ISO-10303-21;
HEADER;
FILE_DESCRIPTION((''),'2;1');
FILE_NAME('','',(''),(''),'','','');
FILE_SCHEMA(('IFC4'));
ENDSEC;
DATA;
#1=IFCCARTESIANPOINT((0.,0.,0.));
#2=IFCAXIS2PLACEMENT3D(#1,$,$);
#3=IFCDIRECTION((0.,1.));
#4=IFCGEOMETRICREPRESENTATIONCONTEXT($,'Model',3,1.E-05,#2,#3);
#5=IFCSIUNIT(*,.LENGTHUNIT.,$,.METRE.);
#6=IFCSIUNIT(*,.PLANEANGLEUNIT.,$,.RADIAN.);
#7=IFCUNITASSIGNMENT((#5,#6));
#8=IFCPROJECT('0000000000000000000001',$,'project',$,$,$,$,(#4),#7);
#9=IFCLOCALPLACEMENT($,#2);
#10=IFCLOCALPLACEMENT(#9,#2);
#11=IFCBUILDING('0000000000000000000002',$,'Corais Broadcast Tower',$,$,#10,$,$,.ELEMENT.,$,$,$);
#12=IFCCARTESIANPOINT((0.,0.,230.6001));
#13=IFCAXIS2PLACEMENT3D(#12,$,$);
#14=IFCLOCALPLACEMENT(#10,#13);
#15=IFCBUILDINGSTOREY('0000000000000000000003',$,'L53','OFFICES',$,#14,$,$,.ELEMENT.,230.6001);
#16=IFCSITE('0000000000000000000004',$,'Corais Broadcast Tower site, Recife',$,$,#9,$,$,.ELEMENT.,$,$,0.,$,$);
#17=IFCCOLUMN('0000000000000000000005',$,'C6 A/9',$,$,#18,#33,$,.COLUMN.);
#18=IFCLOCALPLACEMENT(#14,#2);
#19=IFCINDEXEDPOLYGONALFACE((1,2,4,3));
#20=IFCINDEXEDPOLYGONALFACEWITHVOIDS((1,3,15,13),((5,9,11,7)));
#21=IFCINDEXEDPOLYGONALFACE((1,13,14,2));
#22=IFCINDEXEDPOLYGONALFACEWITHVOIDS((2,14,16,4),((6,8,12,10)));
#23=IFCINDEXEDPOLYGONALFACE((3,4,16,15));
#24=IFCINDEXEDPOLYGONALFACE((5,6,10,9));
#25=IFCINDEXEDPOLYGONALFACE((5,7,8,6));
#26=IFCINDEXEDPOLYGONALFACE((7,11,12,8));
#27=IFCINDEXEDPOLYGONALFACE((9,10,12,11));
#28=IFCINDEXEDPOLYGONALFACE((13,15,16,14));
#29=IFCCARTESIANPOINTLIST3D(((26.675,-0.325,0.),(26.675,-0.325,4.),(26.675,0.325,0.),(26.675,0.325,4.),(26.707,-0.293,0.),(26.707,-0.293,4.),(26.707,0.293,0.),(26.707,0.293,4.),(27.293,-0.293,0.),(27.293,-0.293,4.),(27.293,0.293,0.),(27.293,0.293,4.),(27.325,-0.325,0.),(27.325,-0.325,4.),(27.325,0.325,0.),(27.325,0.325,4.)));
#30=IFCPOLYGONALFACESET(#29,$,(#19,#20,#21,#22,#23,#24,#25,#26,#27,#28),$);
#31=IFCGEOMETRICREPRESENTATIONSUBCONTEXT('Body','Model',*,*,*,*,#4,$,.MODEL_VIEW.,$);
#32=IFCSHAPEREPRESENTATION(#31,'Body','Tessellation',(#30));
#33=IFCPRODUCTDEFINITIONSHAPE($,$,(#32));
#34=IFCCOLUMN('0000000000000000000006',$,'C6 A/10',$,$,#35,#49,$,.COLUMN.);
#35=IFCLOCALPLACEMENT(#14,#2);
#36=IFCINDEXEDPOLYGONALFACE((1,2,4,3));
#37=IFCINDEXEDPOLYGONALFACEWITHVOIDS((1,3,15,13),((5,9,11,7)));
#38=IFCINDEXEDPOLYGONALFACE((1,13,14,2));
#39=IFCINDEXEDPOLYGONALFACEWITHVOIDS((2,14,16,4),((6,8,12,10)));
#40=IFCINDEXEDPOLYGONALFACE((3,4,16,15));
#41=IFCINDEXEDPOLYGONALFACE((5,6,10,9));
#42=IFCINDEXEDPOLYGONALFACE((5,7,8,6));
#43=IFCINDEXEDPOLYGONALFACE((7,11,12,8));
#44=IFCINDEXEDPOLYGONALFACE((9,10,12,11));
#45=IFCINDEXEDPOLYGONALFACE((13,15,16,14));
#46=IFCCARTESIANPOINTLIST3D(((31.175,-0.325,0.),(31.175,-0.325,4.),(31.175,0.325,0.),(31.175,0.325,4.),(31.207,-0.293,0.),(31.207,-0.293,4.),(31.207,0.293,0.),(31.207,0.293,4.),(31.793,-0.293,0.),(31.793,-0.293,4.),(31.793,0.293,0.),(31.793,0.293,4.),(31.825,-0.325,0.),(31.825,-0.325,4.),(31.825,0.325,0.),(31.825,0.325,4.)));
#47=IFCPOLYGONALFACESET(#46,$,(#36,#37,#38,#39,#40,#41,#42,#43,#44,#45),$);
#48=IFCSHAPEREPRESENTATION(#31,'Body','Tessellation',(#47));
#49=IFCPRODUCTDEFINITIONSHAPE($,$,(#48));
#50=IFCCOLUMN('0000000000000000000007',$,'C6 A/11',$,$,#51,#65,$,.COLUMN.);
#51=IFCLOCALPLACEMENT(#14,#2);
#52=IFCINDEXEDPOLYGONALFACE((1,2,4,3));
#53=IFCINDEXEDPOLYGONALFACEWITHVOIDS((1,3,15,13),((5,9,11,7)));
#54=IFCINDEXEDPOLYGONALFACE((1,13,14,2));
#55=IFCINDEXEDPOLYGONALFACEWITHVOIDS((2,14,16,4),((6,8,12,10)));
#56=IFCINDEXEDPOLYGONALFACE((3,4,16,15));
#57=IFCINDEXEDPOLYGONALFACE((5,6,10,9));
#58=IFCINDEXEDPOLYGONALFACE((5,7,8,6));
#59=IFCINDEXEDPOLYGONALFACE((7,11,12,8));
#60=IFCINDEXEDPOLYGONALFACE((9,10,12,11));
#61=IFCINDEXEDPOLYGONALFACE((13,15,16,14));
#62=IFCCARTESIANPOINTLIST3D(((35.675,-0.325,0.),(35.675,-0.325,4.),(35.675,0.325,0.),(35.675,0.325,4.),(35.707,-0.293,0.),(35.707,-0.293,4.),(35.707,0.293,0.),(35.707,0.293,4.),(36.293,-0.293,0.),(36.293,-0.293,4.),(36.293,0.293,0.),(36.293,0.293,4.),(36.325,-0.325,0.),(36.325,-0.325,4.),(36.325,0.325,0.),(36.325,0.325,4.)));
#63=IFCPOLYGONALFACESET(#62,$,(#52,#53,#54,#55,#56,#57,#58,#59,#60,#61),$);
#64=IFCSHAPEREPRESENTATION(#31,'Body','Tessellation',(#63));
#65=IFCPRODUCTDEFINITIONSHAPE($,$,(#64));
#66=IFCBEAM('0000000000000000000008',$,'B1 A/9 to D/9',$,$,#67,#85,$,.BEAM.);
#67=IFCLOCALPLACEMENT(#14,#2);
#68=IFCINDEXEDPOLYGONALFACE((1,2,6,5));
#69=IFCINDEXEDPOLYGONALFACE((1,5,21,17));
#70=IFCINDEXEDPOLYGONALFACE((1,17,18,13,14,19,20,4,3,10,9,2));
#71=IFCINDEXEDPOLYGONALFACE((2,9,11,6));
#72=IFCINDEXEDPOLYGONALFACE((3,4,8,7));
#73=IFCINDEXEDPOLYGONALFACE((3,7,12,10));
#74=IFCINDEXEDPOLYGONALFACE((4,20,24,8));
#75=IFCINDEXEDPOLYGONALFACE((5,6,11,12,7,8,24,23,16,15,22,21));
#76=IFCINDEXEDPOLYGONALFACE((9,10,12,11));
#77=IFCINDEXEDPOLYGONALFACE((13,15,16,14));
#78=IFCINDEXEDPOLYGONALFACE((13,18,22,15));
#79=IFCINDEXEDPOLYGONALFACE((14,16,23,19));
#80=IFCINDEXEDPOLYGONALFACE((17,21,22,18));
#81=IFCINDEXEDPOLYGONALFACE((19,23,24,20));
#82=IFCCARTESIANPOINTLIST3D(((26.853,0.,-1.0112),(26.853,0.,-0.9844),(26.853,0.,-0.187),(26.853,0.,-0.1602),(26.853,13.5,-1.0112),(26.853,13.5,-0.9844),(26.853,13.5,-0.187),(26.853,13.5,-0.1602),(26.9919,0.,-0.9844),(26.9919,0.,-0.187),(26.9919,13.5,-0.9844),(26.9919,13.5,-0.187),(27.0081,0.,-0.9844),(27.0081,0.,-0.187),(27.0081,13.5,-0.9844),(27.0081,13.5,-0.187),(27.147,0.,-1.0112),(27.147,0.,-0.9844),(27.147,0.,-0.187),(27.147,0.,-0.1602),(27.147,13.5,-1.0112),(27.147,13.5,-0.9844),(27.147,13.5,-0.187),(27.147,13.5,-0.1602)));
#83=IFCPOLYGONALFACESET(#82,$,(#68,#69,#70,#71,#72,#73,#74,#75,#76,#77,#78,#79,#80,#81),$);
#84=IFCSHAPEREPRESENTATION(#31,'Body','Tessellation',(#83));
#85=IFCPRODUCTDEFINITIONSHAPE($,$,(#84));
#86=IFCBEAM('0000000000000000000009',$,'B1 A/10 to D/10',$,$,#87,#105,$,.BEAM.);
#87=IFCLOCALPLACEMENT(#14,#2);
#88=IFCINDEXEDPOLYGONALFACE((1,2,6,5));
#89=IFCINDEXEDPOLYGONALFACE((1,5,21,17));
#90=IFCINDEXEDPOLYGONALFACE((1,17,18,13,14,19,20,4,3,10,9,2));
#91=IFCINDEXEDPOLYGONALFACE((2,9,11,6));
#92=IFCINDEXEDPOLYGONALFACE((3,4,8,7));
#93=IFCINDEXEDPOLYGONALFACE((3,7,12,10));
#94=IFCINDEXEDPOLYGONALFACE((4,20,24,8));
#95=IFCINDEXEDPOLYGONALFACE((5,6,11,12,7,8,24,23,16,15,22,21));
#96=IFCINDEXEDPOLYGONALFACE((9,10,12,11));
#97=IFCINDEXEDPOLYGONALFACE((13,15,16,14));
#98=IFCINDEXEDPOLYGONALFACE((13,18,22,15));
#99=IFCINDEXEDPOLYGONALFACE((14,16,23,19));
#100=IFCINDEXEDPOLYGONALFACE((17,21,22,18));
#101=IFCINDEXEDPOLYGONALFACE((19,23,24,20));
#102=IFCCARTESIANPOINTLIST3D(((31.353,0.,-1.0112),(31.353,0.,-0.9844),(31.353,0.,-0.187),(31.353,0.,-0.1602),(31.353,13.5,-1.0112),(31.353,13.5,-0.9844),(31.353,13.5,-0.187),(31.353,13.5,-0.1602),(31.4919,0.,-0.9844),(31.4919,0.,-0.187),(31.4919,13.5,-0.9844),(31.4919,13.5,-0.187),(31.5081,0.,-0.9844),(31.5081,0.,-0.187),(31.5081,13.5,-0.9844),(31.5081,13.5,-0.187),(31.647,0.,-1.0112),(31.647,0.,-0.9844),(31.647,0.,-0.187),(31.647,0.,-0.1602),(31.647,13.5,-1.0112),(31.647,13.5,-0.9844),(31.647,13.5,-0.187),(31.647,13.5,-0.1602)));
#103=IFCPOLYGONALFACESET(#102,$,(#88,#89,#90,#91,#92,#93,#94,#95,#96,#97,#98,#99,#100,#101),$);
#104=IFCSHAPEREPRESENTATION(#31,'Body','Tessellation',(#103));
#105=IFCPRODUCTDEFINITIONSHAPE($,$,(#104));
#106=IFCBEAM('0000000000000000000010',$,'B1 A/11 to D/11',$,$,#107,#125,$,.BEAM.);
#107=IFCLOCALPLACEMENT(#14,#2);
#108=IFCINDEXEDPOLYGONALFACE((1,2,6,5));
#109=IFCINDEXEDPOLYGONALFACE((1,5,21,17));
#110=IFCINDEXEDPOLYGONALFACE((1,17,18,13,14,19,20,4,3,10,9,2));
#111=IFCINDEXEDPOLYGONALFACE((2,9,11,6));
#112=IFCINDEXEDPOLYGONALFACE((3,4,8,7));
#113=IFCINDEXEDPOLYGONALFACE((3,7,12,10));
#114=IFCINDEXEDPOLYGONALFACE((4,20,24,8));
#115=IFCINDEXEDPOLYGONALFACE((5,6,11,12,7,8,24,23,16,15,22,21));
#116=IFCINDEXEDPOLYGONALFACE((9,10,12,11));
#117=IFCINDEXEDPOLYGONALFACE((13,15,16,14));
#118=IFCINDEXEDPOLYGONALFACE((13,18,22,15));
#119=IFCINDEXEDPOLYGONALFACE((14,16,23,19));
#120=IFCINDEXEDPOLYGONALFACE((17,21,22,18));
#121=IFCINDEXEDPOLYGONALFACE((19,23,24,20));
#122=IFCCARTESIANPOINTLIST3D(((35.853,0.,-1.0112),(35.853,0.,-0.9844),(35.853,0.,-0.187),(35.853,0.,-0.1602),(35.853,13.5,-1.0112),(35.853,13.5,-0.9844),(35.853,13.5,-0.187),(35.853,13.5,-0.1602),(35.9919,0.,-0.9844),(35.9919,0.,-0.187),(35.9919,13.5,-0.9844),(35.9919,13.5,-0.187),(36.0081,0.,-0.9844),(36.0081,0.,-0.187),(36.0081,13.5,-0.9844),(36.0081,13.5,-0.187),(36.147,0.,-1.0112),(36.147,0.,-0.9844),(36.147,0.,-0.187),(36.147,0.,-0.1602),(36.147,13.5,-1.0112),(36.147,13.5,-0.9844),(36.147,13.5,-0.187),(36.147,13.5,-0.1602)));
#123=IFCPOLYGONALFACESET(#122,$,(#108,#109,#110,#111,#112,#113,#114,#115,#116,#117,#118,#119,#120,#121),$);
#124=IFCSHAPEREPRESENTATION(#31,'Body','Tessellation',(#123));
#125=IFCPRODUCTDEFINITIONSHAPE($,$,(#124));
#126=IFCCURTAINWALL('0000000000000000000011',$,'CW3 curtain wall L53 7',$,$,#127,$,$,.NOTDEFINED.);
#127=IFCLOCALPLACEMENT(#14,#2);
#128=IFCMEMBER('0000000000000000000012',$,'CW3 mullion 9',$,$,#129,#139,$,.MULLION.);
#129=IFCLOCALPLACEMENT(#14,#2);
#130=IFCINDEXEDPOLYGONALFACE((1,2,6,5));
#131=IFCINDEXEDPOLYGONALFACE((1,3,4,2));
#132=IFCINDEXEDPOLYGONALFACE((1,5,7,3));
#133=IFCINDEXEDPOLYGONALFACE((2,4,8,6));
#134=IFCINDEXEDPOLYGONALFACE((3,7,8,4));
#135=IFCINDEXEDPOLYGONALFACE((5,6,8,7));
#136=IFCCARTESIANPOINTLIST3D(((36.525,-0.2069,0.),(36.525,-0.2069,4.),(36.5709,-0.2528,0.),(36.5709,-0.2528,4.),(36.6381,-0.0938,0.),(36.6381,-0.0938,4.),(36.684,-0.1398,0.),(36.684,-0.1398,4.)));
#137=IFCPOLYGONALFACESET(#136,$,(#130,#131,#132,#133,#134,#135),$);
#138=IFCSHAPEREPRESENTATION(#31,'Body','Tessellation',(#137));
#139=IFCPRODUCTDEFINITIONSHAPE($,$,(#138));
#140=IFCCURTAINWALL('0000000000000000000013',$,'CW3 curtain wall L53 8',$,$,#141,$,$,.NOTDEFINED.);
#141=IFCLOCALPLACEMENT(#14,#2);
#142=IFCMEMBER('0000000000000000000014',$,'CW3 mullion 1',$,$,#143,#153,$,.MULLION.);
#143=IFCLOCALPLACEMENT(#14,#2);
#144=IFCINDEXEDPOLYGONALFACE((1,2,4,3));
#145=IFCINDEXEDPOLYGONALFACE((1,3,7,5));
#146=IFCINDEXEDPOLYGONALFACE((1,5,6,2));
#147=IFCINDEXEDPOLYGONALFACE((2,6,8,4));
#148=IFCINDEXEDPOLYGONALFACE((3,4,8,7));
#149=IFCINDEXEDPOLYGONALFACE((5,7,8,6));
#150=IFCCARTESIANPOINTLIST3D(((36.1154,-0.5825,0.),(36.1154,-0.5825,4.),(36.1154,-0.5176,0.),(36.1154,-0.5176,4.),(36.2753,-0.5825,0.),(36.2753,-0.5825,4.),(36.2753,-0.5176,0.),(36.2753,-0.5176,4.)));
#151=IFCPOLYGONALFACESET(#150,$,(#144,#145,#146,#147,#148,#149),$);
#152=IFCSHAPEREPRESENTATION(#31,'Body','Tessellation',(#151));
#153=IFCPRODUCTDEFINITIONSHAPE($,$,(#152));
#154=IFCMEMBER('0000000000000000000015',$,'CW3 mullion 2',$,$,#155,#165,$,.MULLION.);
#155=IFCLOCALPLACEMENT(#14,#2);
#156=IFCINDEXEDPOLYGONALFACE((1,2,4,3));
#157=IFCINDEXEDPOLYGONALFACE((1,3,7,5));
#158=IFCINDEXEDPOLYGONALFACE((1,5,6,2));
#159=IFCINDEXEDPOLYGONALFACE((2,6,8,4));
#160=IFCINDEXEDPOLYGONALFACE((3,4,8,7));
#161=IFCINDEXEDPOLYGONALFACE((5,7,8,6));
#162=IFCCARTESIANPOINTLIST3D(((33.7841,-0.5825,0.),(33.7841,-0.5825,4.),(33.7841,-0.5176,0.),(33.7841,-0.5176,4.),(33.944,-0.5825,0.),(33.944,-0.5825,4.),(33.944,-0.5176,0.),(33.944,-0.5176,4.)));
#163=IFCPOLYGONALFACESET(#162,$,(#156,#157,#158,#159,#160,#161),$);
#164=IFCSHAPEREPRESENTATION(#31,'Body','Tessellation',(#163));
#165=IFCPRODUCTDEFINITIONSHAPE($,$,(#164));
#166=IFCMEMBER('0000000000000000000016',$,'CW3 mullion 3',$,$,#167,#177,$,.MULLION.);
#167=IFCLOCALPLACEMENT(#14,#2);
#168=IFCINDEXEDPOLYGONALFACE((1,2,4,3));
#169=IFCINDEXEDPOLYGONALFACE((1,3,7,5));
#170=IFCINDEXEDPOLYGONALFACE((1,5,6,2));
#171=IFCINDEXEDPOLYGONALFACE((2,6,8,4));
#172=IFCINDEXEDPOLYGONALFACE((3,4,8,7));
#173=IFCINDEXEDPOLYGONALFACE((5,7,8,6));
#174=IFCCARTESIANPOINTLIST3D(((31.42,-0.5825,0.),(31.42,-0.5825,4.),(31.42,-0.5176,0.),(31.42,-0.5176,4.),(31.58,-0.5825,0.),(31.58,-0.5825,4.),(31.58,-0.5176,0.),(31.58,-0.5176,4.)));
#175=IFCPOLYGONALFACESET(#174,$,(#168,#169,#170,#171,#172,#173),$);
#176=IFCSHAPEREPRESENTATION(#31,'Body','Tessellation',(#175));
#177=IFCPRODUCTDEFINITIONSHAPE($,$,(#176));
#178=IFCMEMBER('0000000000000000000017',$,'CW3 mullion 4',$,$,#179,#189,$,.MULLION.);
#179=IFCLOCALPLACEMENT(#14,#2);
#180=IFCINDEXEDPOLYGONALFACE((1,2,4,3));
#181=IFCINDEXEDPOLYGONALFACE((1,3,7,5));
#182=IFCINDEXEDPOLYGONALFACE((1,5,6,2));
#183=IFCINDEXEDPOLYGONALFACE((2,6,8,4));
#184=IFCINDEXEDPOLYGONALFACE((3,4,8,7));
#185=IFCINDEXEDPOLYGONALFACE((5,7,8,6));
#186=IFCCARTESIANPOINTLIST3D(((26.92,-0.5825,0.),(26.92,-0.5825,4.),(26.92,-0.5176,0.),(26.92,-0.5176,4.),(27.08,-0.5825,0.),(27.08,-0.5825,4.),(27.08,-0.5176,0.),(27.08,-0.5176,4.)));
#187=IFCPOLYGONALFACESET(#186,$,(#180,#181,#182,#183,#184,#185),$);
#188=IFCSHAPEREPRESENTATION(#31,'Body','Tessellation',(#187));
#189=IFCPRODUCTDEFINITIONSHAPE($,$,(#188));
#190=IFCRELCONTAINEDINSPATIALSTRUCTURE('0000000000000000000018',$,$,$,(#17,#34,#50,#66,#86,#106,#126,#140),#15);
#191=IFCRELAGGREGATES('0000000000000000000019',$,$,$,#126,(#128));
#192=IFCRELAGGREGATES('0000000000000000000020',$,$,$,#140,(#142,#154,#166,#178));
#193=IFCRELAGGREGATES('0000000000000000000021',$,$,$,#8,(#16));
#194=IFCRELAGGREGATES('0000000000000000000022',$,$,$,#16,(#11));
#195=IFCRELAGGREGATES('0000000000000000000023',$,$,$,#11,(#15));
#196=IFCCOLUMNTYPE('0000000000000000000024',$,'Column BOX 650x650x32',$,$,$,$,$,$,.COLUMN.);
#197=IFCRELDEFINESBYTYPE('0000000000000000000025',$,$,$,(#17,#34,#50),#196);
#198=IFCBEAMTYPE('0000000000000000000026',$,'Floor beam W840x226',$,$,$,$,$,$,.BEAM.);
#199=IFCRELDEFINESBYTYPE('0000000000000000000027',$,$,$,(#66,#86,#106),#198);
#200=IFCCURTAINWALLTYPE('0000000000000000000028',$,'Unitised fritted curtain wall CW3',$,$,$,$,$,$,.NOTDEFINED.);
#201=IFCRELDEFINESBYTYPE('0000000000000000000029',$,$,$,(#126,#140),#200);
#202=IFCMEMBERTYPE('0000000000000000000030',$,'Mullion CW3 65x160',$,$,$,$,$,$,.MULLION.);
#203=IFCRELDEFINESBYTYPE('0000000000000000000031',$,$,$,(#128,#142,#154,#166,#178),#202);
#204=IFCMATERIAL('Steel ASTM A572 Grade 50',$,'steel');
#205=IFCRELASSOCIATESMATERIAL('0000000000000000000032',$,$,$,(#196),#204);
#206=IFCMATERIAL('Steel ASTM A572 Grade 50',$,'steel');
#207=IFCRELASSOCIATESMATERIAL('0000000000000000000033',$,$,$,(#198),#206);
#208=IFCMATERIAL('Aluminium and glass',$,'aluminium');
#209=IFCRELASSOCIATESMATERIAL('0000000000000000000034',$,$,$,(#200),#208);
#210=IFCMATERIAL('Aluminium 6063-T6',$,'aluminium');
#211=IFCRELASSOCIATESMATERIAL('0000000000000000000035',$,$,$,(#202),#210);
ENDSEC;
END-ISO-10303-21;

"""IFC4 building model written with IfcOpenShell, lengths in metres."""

from ifc_helpers import new_model, si_unit, direction, frame, origin, origin_2d, place, context, subcontext, project, spatial, rectangle, hollow_rectangle, i_section, extrude, material, material_profile, profile_set, type_object, element, aggregate, save


model = new_model("IFC4")

# Units and contexts
model_context = context("Model", 3, precision=1e-05, world=origin(), true_north=direction((0.0, 1.0)))
body_context = subcontext(model_context, "Body", "Model", "MODEL_VIEW")
ifc_project = project(units=[si_unit("LENGTHUNIT", "METRE"), si_unit("PLANEANGLEUNIT", "RADIAN")], contexts=[model_context])

# Site, building, storey
site_placement = place(None, origin())
site = spatial("IfcSite", under=ifc_project, at=site_placement, Name="Corais Broadcast Tower site, Recife", CompositionType="ELEMENT", RefElevation=0.0)
building_placement = place(site_placement, origin())
building = spatial("IfcBuilding", under=site, at=building_placement, Name="Corais Broadcast Tower", CompositionType="ELEMENT")
storey_placement = place(building_placement, frame((0.0, 0.0, 230.6001)))
storey = spatial("IfcBuildingStorey", under=building, at=storey_placement, Name="L53", Description="OFFICES", CompositionType="ELEMENT", Elevation=230.6001)

# Columns
ifc_material_1 = material(Name="Steel ASTM A572 Grade 50", Category="steel")
ifc_material_profile_1 = material_profile(ifc_material_1, hollow_rectangle(XDim=0.6499, YDim=0.6499, WallThickness=0.032, at=origin_2d()), Name="BOX 650x650x32")
ifc_profile_set_1 = profile_set([ifc_material_profile_1], Name="Steel ASTM A572 Grade 50")
column_type = type_object("IfcColumnType", Name="Column BOX 650x650x32", PredefinedType="COLUMN", material=ifc_profile_set_1)
for number, where, z_axis, x_axis, name in (
    (1, (27.0, 0.0, 0.0), (0.0, 0.0, 1.0), (1.0, 0.0, 0.0), "C6 A/9"),
    (2, (31.5, 0.0, 0.0), (0.0, 0.0, 1.0), (1.0, 0.0, 0.0), "C6 A/10"),
    (3, (36.0, 0.0, 0.0), (0.0, 0.0, 1.0), (1.0, 0.0, 0.0), "C6 A/11"),
):
    element("IfcColumn", number, at=place(storey_placement, frame(where, z_axis=z_axis, x_axis=x_axis)), inside=storey, type_object=column_type, Name=name, PredefinedType="COLUMN", context=body_context, shape_type="SweptSolid", body=[
        extrude(hollow_rectangle(XDim=0.6499, YDim=0.6499, WallThickness=0.032, at=origin_2d()), origin(), (0.0, 0.0, 1.0), 4.0),
    ])

# Beams
ifc_material_2 = material(Name="Steel ASTM A572 Grade 50", Category="steel")
ifc_material_profile_2 = material_profile(ifc_material_2, i_section(OverallWidth=0.2939, OverallDepth=0.8511, WebThickness=0.0161, FlangeThickness=0.0269, at=origin_2d()), Name="W840x226")
ifc_profile_set_2 = profile_set([ifc_material_profile_2], Name="Steel ASTM A572 Grade 50")
beam_type_1 = type_object("IfcBeamType", Name="Floor beam W840x226", PredefinedType="BEAM", material=ifc_profile_set_2)
for number, where, z_axis, x_axis, name in (
    (4, (27.0, 0.0, -0.5857), (0.0, 1.0, 0.0), (-1.0, 0.0, 0.0), "B1 A/9 to D/9"),
    (5, (31.5, 0.0, -0.5857), (0.0, 1.0, 0.0), (-1.0, 0.0, 0.0), "B1 A/10 to D/10"),
    (6, (36.0, 0.0, -0.5857), (0.0, 1.0, 0.0), (-1.0, 0.0, 0.0), "B1 A/11 to D/11"),
):
    element("IfcBeam", number, at=place(storey_placement, frame(where, z_axis=z_axis, x_axis=x_axis)), inside=storey, type_object=beam_type_1, Name=name, PredefinedType="BEAM", context=body_context, shape_type="SweptSolid", body=[
        extrude(i_section(OverallWidth=0.2939, OverallDepth=0.8511, WebThickness=0.0161, FlangeThickness=0.0269, at=origin_2d()), origin(), (0.0, 0.0, 1.0), 13.5),
    ])

# Curtain wall, member
ifc_material_3 = material(Name="Aluminium and glass", Category="aluminium")
curtain_wall_type = type_object("IfcCurtainWallType", Name="Unitised fritted curtain wall CW3", PredefinedType="NOTDEFINED", material=ifc_material_3)
curtain_wall_1_placement = place(storey_placement, origin())
curtain_wall_1 = element("IfcCurtainWall", 7, at=curtain_wall_1_placement, inside=storey, type_object=curtain_wall_type, Name="CW3 curtain wall L53 7", PredefinedType="NOTDEFINED")
ifc_material_4 = material(Name="Aluminium 6063-T6", Category="aluminium")
ifc_material_profile_3 = material_profile(ifc_material_4, rectangle(XDim=0.0649, YDim=0.1599, at=origin_2d()), Name="Mullion CW3 65x160")
ifc_profile_set_3 = profile_set([ifc_material_profile_3], Name="Aluminium 6063-T6")
member_type_1 = type_object("IfcMemberType", Name="Mullion CW3 65x160", PredefinedType="MULLION", material=ifc_profile_set_3)
member_1_placement = place(storey_placement, frame((36.6045, -0.1733, 0.0), z_axis=(0.0, 0.0, 1.0), x_axis=(0.707107, -0.707107, 0.0)))
member_1 = element("IfcMember", 8, at=member_1_placement, type_object=member_type_1, Name="CW3 mullion 9", PredefinedType="MULLION", context=body_context, shape_type="SweptSolid", body=[
    extrude(rectangle(XDim=0.0649, YDim=0.1599, at=origin_2d()), origin(), (0.0, 0.0, 1.0), 4.0),
])
aggregate(curtain_wall_1, [member_1])

# Curtain wall, members
curtain_wall_2_placement = place(storey_placement, origin())
curtain_wall_2 = element("IfcCurtainWall", 9, at=curtain_wall_2_placement, inside=storey, type_object=curtain_wall_type, Name="CW3 curtain wall L53 8", PredefinedType="NOTDEFINED")
member_2_placement = place(storey_placement, frame((36.1953, -0.55, 0.0), z_axis=(0.0, 0.0, 1.0), x_axis=(0.0, -1.0, 0.0)))
member_2 = element("IfcMember", 10, at=member_2_placement, type_object=member_type_1, Name="CW3 mullion 1", PredefinedType="MULLION", context=body_context, shape_type="SweptSolid", body=[
    extrude(rectangle(XDim=0.0649, YDim=0.1599, at=origin_2d()), origin(), (0.0, 0.0, 1.0), 4.0),
])
member_3_placement = place(storey_placement, frame((33.864, -0.55, 0.0), z_axis=(0.0, 0.0, 1.0), x_axis=(0.0, -1.0, 0.0)))
member_3 = element("IfcMember", 11, at=member_3_placement, type_object=member_type_1, Name="CW3 mullion 2", PredefinedType="MULLION", context=body_context, shape_type="SweptSolid", body=[
    extrude(rectangle(XDim=0.0649, YDim=0.1599, at=origin_2d()), origin(), (0.0, 0.0, 1.0), 4.0),
])
member_4_placement = place(storey_placement, frame((31.5, -0.55, 0.0), z_axis=(0.0, 0.0, 1.0), x_axis=(0.0, -1.0, 0.0)))
member_4 = element("IfcMember", 12, at=member_4_placement, type_object=member_type_1, Name="CW3 mullion 3", PredefinedType="MULLION", context=body_context, shape_type="SweptSolid", body=[
    extrude(rectangle(XDim=0.0649, YDim=0.1599, at=origin_2d()), origin(), (0.0, 0.0, 1.0), 4.0),
])
member_5_placement = place(storey_placement, frame((27.0, -0.55, 0.0), z_axis=(0.0, 0.0, 1.0), x_axis=(0.0, -1.0, 0.0)))
member_5 = element("IfcMember", 13, at=member_5_placement, type_object=member_type_1, Name="CW3 mullion 4", PredefinedType="MULLION", context=body_context, shape_type="SweptSolid", body=[
    extrude(rectangle(XDim=0.0649, YDim=0.1599, at=origin_2d()), origin(), (0.0, 0.0, 1.0), 4.0),
])

aggregate(curtain_wall_2, [member_2, member_3, member_4, member_5])

save(model, "model.ifc")
